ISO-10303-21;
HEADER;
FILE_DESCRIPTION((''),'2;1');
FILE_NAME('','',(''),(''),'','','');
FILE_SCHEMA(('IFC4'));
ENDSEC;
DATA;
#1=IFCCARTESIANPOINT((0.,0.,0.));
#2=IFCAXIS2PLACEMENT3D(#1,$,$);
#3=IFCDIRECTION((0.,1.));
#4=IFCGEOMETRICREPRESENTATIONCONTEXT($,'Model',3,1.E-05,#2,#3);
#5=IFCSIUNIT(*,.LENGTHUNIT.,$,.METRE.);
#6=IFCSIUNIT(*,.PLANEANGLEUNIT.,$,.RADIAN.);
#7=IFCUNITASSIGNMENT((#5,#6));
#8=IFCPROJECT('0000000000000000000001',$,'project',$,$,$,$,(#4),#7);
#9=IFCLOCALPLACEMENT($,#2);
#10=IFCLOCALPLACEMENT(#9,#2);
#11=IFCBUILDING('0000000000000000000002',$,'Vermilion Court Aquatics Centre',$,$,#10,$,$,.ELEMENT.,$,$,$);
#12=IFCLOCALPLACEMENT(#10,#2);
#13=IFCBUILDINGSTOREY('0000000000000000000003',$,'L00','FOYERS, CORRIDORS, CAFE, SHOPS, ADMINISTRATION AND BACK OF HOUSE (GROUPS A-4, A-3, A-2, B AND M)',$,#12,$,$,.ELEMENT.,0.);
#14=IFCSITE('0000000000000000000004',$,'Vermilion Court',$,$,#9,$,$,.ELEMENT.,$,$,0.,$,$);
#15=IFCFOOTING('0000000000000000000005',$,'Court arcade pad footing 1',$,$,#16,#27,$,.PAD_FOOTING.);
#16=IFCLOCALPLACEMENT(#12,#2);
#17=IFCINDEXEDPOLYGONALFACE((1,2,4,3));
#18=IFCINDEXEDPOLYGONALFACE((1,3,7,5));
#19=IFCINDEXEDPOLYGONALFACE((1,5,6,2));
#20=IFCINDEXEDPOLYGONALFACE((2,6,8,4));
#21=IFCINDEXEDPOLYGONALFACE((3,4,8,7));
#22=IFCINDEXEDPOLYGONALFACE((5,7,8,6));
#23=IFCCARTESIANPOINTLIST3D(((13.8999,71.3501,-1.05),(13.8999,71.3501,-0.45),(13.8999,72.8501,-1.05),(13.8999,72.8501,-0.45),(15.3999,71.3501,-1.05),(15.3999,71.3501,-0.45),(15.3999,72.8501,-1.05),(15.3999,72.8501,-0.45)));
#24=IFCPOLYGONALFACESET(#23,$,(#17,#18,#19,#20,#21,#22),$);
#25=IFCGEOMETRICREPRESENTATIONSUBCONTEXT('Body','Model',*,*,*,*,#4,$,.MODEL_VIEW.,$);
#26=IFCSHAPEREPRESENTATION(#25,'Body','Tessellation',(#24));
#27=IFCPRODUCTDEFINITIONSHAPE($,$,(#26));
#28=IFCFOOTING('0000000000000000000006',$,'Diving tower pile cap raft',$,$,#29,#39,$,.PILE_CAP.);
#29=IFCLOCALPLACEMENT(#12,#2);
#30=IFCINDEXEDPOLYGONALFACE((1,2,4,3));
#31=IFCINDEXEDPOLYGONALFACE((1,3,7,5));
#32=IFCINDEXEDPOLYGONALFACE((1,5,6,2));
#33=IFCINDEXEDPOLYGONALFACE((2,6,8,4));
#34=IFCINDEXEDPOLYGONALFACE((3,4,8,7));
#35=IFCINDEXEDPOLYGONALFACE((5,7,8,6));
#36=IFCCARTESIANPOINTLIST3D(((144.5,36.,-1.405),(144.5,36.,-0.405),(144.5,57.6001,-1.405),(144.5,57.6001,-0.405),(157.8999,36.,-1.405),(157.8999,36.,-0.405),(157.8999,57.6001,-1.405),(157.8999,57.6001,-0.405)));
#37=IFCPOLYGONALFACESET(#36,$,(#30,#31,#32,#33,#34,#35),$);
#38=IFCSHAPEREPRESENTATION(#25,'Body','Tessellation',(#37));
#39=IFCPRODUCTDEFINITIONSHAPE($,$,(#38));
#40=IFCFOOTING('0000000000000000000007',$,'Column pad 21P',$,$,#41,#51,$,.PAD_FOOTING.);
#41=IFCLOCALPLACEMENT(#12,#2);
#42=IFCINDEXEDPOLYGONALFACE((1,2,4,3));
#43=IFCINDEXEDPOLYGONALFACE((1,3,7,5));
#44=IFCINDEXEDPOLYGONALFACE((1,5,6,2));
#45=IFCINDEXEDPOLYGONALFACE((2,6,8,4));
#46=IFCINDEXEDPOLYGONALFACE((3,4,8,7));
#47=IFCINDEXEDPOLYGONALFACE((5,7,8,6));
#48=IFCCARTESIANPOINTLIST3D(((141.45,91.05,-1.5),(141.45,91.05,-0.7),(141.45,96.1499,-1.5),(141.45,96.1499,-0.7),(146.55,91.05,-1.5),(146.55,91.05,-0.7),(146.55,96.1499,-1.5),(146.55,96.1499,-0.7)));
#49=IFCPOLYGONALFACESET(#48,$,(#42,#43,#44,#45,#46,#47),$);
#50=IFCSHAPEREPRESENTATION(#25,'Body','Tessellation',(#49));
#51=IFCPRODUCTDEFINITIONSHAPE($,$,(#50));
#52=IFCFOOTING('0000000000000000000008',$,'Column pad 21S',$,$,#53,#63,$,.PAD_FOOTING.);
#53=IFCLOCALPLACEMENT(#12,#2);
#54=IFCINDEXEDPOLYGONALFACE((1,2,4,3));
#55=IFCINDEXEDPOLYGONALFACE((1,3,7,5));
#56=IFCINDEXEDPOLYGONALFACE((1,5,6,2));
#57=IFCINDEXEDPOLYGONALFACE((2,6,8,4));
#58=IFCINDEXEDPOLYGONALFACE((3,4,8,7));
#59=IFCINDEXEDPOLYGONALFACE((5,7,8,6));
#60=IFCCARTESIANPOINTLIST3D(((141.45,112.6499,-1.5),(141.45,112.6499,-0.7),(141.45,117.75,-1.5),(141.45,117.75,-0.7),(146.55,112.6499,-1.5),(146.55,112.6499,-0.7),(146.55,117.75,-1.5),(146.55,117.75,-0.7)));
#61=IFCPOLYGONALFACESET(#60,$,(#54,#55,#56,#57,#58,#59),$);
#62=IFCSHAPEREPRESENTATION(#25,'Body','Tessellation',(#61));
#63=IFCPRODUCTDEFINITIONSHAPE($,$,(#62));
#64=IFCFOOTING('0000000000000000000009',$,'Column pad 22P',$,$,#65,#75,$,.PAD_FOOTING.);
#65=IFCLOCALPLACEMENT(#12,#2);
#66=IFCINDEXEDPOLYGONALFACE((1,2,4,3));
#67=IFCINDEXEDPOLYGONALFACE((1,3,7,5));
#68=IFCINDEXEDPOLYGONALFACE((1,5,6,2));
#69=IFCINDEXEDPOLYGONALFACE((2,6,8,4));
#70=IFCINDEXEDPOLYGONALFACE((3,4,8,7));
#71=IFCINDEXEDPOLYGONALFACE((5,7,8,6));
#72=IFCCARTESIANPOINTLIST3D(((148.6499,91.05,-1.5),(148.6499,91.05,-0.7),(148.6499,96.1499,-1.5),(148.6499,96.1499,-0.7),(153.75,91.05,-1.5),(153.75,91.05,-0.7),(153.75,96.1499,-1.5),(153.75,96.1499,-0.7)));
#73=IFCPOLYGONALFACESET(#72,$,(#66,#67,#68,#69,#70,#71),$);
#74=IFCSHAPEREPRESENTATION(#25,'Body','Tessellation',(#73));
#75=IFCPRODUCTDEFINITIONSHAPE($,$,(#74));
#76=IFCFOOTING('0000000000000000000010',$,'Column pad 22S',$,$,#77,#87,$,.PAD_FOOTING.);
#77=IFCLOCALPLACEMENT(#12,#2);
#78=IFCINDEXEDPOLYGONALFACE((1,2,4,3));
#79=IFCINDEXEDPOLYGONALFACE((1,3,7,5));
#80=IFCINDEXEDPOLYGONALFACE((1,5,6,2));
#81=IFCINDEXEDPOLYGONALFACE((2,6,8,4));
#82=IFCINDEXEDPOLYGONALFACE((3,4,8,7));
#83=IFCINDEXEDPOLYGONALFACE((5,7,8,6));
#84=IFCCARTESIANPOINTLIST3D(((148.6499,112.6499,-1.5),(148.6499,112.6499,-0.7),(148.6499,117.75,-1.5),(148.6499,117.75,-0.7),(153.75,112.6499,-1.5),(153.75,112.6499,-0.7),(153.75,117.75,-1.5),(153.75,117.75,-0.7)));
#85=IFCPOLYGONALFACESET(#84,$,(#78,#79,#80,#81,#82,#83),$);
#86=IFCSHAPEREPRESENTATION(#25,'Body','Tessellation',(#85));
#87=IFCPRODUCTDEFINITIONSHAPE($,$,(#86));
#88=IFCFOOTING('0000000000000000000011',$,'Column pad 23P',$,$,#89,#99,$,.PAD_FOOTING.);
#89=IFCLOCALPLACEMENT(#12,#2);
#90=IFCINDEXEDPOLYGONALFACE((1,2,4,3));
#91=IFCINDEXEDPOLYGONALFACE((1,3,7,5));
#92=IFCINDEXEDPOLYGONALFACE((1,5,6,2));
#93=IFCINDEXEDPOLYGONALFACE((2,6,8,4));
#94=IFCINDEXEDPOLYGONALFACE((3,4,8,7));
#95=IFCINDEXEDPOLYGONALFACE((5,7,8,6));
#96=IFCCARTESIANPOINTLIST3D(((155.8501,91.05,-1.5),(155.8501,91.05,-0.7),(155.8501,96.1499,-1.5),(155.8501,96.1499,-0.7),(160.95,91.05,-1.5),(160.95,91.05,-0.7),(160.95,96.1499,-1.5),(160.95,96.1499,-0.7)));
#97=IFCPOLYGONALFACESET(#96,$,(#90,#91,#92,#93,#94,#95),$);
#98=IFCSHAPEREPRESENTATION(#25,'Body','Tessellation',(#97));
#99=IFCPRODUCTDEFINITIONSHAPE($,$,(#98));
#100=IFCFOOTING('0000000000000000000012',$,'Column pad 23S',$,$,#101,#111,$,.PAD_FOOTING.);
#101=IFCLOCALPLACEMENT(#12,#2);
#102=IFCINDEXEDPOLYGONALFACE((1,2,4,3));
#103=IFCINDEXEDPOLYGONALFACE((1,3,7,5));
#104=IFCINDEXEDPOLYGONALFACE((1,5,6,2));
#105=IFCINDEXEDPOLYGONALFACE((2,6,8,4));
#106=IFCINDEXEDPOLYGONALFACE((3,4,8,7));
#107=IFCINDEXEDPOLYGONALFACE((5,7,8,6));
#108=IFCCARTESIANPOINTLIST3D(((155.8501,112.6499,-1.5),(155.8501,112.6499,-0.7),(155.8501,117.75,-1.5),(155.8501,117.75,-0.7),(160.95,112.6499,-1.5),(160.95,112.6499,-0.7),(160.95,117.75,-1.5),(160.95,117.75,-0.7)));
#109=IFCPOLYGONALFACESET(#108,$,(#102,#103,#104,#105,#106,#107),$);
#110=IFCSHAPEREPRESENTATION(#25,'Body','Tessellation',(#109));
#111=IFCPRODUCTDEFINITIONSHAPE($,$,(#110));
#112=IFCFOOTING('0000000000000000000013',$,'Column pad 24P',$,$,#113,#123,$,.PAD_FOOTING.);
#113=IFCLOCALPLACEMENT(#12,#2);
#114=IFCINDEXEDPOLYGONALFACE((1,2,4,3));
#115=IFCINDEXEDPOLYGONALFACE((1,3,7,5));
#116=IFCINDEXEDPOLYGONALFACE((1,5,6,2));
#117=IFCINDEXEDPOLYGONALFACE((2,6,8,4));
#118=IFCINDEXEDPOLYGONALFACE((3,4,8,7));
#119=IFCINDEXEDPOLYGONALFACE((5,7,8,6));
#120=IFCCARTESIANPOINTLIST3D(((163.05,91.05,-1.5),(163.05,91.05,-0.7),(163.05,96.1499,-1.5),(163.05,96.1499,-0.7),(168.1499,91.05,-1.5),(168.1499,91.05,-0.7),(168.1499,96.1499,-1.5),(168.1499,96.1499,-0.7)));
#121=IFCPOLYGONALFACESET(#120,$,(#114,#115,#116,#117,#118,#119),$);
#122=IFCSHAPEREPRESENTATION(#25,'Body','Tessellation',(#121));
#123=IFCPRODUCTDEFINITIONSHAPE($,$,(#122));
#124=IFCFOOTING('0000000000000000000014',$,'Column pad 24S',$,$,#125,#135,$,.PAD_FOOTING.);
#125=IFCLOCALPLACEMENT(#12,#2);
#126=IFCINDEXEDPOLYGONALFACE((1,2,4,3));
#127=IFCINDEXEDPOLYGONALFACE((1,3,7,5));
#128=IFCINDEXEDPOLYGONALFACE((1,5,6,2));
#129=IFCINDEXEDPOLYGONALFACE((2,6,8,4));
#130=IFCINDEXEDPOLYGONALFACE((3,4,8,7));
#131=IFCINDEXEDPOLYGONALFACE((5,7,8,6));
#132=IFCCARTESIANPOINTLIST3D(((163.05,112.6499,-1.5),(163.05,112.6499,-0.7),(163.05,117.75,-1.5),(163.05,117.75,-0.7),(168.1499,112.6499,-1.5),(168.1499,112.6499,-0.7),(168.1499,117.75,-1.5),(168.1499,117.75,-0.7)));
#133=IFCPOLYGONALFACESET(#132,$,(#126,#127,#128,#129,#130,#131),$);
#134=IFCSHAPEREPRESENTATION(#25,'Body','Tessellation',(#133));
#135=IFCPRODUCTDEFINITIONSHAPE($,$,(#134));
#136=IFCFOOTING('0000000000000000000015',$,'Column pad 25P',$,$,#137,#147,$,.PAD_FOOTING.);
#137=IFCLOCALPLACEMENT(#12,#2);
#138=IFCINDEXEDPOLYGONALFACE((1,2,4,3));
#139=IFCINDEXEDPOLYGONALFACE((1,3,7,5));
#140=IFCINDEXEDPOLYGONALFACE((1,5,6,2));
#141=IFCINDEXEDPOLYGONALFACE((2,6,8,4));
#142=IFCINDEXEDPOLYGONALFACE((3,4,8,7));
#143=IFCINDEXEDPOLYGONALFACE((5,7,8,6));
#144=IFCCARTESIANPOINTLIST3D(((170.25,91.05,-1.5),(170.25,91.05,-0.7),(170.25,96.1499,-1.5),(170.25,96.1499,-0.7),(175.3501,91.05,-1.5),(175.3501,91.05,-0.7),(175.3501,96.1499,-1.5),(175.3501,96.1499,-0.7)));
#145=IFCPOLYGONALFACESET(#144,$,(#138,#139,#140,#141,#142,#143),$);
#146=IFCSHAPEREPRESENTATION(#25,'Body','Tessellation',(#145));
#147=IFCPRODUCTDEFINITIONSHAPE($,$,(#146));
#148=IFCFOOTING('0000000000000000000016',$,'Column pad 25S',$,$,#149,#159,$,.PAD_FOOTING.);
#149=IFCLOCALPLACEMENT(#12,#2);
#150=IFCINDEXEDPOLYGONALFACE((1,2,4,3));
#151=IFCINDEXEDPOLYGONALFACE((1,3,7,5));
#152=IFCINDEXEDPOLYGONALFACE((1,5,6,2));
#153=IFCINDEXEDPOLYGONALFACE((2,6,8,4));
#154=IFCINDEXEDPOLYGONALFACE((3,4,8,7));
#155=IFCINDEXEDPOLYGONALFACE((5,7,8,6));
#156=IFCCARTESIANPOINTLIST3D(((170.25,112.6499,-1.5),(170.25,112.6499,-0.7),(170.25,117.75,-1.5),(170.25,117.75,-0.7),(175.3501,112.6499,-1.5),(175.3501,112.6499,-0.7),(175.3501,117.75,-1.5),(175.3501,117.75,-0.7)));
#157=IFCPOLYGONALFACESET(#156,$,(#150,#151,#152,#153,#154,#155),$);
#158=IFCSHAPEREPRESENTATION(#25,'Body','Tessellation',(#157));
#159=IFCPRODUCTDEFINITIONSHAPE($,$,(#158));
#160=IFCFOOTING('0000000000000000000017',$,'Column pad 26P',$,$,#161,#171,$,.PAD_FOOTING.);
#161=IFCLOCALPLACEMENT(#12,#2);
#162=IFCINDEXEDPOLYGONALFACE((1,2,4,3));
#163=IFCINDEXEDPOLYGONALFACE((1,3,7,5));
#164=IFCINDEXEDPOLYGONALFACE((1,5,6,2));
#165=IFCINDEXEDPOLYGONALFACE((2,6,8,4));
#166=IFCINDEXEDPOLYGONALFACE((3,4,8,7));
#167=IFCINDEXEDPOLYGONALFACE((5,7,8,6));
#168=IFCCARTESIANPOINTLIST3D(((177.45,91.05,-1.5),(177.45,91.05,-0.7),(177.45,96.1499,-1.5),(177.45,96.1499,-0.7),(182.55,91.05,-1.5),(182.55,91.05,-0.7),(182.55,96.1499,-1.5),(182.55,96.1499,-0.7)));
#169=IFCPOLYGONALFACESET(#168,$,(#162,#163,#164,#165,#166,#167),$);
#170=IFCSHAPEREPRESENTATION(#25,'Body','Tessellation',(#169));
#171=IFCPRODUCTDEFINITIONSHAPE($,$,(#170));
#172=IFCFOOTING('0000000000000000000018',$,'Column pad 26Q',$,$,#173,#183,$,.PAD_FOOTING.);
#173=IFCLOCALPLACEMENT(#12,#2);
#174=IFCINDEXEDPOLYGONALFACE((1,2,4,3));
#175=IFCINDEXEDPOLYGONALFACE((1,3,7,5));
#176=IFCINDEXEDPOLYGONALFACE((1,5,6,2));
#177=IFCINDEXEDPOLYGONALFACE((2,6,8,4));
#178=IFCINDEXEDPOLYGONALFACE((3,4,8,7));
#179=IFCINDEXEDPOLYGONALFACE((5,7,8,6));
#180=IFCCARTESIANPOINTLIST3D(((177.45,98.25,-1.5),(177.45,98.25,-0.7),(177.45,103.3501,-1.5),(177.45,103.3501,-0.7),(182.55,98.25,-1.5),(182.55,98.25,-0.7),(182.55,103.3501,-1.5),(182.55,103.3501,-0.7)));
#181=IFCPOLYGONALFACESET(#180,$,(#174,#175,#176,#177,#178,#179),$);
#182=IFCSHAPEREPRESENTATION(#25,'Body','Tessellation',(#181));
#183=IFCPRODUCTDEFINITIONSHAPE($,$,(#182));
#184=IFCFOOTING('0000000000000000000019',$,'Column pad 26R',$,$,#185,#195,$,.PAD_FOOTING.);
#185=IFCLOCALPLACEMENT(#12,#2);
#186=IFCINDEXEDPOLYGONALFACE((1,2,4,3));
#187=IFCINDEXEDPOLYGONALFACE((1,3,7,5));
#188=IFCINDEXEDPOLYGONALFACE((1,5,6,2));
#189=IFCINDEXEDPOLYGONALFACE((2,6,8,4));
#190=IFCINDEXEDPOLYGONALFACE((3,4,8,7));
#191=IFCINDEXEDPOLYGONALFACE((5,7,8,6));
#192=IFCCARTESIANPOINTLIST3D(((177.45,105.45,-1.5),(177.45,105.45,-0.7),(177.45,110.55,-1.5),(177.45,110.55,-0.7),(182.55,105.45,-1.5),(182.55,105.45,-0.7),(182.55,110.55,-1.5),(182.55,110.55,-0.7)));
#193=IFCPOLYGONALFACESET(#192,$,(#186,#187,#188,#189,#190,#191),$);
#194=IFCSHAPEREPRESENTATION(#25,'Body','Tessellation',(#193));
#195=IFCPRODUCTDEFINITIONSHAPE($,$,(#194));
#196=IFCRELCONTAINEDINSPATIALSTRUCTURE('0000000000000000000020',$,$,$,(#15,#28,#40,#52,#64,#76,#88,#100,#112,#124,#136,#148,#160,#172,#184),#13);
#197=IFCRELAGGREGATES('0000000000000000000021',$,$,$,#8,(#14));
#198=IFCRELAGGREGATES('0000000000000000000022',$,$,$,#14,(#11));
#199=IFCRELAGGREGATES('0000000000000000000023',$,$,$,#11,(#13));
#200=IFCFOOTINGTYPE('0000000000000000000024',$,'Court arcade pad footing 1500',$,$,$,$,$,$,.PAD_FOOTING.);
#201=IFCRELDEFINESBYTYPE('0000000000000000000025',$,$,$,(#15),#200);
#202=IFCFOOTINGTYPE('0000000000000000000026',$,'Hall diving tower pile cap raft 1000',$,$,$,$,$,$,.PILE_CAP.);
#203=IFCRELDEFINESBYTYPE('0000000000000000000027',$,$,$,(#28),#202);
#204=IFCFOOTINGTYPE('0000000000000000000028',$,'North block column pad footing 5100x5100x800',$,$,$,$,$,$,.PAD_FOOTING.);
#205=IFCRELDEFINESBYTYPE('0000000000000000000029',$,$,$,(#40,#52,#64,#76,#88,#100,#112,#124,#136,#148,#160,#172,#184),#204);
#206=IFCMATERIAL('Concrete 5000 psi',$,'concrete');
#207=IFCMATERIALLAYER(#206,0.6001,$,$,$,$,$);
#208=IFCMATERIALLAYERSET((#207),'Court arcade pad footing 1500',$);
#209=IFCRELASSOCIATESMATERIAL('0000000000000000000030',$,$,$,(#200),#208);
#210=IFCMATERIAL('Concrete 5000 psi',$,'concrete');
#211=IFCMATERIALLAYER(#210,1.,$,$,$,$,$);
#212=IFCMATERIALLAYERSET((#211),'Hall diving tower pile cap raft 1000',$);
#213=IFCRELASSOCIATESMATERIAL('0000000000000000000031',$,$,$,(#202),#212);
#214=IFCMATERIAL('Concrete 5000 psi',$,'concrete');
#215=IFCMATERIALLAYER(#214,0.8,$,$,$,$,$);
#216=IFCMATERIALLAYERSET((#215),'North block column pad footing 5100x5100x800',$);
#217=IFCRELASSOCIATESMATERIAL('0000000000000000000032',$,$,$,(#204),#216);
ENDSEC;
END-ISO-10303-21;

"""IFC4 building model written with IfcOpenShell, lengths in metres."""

from ifc_helpers import new_model, si_unit, direction, frame, origin, place, context, subcontext, project, spatial, polyline, outline, extrude, material, layer, layer_set, type_object, element, save


model = new_model("IFC4")

# Units and contexts
model_context = context("Model", 3, precision=1e-05, world=origin(), true_north=direction((0.0, 1.0)))
body_context = subcontext(model_context, "Body", "Model", "MODEL_VIEW")
ifc_project = project(units=[si_unit("LENGTHUNIT", "METRE"), si_unit("PLANEANGLEUNIT", "RADIAN")], contexts=[model_context])

# Site, building, storey
site_placement = place(None, origin())
site = spatial("IfcSite", under=ifc_project, at=site_placement, Name="Vermilion Court", CompositionType="ELEMENT", RefElevation=0.0)
building_placement = place(site_placement, origin())
building = spatial("IfcBuilding", under=site, at=building_placement, Name="Vermilion Court Aquatics Centre", CompositionType="ELEMENT")
storey_placement = place(building_placement, origin())
storey = spatial("IfcBuildingStorey", under=building, at=storey_placement, Name="L00", Description="FOYERS, CORRIDORS, CAFE, SHOPS, ADMINISTRATION AND BACK OF HOUSE (GROUPS A-4, A-3, A-2, B AND M)", CompositionType="ELEMENT", Elevation=0.0)

# Footings
ifc_material_1 = material(Name="Concrete 5000 psi", Category="concrete")
ifc_layer_1 = layer(ifc_material_1, 0.6001)
ifc_layer_set_1 = layer_set([ifc_layer_1], Name="Court arcade pad footing 1500")
footing_type_1 = type_object("IfcFootingType", Name="Court arcade pad footing 1500", PredefinedType="PAD_FOOTING", material=ifc_layer_set_1)
footing_1_placement = place(storey_placement, frame((0.0, 0.0, -1.05)))
element("IfcFooting", 1, at=footing_1_placement, inside=storey, type_object=footing_type_1, Name="Court arcade pad footing 1", PredefinedType="PAD_FOOTING", context=body_context, shape_type="SweptSolid", body=[
    extrude(outline(polyline([(13.8999, 71.3501), (15.3999, 71.3501), (15.3999, 72.8501), (13.8999, 72.8501), (13.8999, 71.3501)])), origin(), (0.0, 0.0, 1.0), 0.6001),
])
ifc_material_2 = material(Name="Concrete 5000 psi", Category="concrete")
ifc_layer_2 = layer(ifc_material_2, 1.0)
ifc_layer_set_2 = layer_set([ifc_layer_2], Name="Hall diving tower pile cap raft 1000")
footing_type_2 = type_object("IfcFootingType", Name="Hall diving tower pile cap raft 1000", PredefinedType="PILE_CAP", material=ifc_layer_set_2)
footing_2_placement = place(storey_placement, frame((0.0, 0.0, -1.405)))
element("IfcFooting", 2, at=footing_2_placement, inside=storey, type_object=footing_type_2, Name="Diving tower pile cap raft", PredefinedType="PILE_CAP", context=body_context, shape_type="SweptSolid", body=[
    extrude(outline(polyline([(144.5, 36.0), (157.8999, 36.0), (157.8999, 57.6001), (144.5, 57.6001), (144.5, 36.0)])), origin(), (0.0, 0.0, 1.0), 1.0),
])
ifc_material_3 = material(Name="Concrete 5000 psi", Category="concrete")
ifc_layer_3 = layer(ifc_material_3, 0.8)
ifc_layer_set_3 = layer_set([ifc_layer_3], Name="North block column pad footing 5100x5100x800")
footing_type_3 = type_object("IfcFootingType", Name="North block column pad footing 5100x5100x800", PredefinedType="PAD_FOOTING", material=ifc_layer_set_3)
footing_3_placement = place(storey_placement, frame((0.0, 0.0, -1.5)))
element("IfcFooting", 3, at=footing_3_placement, inside=storey, type_object=footing_type_3, Name="Column pad 21P", PredefinedType="PAD_FOOTING", context=body_context, shape_type="SweptSolid", body=[
    extrude(outline(polyline([(141.45, 91.05), (146.55, 91.05), (146.55, 96.1499), (141.45, 96.1499), (141.45, 91.05)])), origin(), (0.0, 0.0, 1.0), 0.8),
])
footing_4_placement = place(storey_placement, frame((0.0, 0.0, -1.5)))
element("IfcFooting", 4, at=footing_4_placement, inside=storey, type_object=footing_type_3, Name="Column pad 21S", PredefinedType="PAD_FOOTING", context=body_context, shape_type="SweptSolid", body=[
    extrude(outline(polyline([(141.45, 112.6499), (146.55, 112.6499), (146.55, 117.75), (141.45, 117.75), (141.45, 112.6499)])), origin(), (0.0, 0.0, 1.0), 0.8),
])
footing_5_placement = place(storey_placement, frame((0.0, 0.0, -1.5)))
element("IfcFooting", 5, at=footing_5_placement, inside=storey, type_object=footing_type_3, Name="Column pad 22P", PredefinedType="PAD_FOOTING", context=body_context, shape_type="SweptSolid", body=[
    extrude(outline(polyline([(148.6499, 91.05), (153.75, 91.05), (153.75, 96.1499), (148.6499, 96.1499), (148.6499, 91.05)])), origin(), (0.0, 0.0, 1.0), 0.8),
])
footing_6_placement = place(storey_placement, frame((0.0, 0.0, -1.5)))
element("IfcFooting", 6, at=footing_6_placement, inside=storey, type_object=footing_type_3, Name="Column pad 22S", PredefinedType="PAD_FOOTING", context=body_context, shape_type="SweptSolid", body=[
    extrude(outline(polyline([(148.6499, 112.6499), (153.75, 112.6499), (153.75, 117.75), (148.6499, 117.75), (148.6499, 112.6499)])), origin(), (0.0, 0.0, 1.0), 0.8),
])
footing_7_placement = place(storey_placement, frame((0.0, 0.0, -1.5)))
element("IfcFooting", 7, at=footing_7_placement, inside=storey, type_object=footing_type_3, Name="Column pad 23P", PredefinedType="PAD_FOOTING", context=body_context, shape_type="SweptSolid", body=[
    extrude(outline(polyline([(155.8501, 91.05), (160.95, 91.05), (160.95, 96.1499), (155.8501, 96.1499), (155.8501, 91.05)])), origin(), (0.0, 0.0, 1.0), 0.8),
])
footing_8_placement = place(storey_placement, frame((0.0, 0.0, -1.5)))
element("IfcFooting", 8, at=footing_8_placement, inside=storey, type_object=footing_type_3, Name="Column pad 23S", PredefinedType="PAD_FOOTING", context=body_context, shape_type="SweptSolid", body=[
    extrude(outline(polyline([(155.8501, 112.6499), (160.95, 112.6499), (160.95, 117.75), (155.8501, 117.75), (155.8501, 112.6499)])), origin(), (0.0, 0.0, 1.0), 0.8),
])
footing_9_placement = place(storey_placement, frame((0.0, 0.0, -1.5)))
element("IfcFooting", 9, at=footing_9_placement, inside=storey, type_object=footing_type_3, Name="Column pad 24P", PredefinedType="PAD_FOOTING", context=body_context, shape_type="SweptSolid", body=[
    extrude(outline(polyline([(163.05, 91.05), (168.1499, 91.05), (168.1499, 96.1499), (163.05, 96.1499), (163.05, 91.05)])), origin(), (0.0, 0.0, 1.0), 0.8),
])
footing_10_placement = place(storey_placement, frame((0.0, 0.0, -1.5)))
element("IfcFooting", 10, at=footing_10_placement, inside=storey, type_object=footing_type_3, Name="Column pad 24S", PredefinedType="PAD_FOOTING", context=body_context, shape_type="SweptSolid", body=[
    extrude(outline(polyline([(163.05, 112.6499), (168.1499, 112.6499), (168.1499, 117.75), (163.05, 117.75), (163.05, 112.6499)])), origin(), (0.0, 0.0, 1.0), 0.8),
])
footing_11_placement = place(storey_placement, frame((0.0, 0.0, -1.5)))
element("IfcFooting", 11, at=footing_11_placement, inside=storey, type_object=footing_type_3, Name="Column pad 25P", PredefinedType="PAD_FOOTING", context=body_context, shape_type="SweptSolid", body=[
    extrude(outline(polyline([(170.25, 91.05), (175.3501, 91.05), (175.3501, 96.1499), (170.25, 96.1499), (170.25, 91.05)])), origin(), (0.0, 0.0, 1.0), 0.8),
])
footing_12_placement = place(storey_placement, frame((0.0, 0.0, -1.5)))
element("IfcFooting", 12, at=footing_12_placement, inside=storey, type_object=footing_type_3, Name="Column pad 25S", PredefinedType="PAD_FOOTING", context=body_context, shape_type="SweptSolid", body=[
    extrude(outline(polyline([(170.25, 112.6499), (175.3501, 112.6499), (175.3501, 117.75), (170.25, 117.75), (170.25, 112.6499)])), origin(), (0.0, 0.0, 1.0), 0.8),
])
footing_13_placement = place(storey_placement, frame((0.0, 0.0, -1.5)))
element("IfcFooting", 13, at=footing_13_placement, inside=storey, type_object=footing_type_3, Name="Column pad 26P", PredefinedType="PAD_FOOTING", context=body_context, shape_type="SweptSolid", body=[
    extrude(outline(polyline([(177.45, 91.05), (182.55, 91.05), (182.55, 96.1499), (177.45, 96.1499), (177.45, 91.05)])), origin(), (0.0, 0.0, 1.0), 0.8),
])
footing_14_placement = place(storey_placement, frame((0.0, 0.0, -1.5)))
element("IfcFooting", 14, at=footing_14_placement, inside=storey, type_object=footing_type_3, Name="Column pad 26Q", PredefinedType="PAD_FOOTING", context=body_context, shape_type="SweptSolid", body=[
    extrude(outline(polyline([(177.45, 98.25), (182.55, 98.25), (182.55, 103.3501), (177.45, 103.3501), (177.45, 98.25)])), origin(), (0.0, 0.0, 1.0), 0.8),
])
footing_15_placement = place(storey_placement, frame((0.0, 0.0, -1.5)))
element("IfcFooting", 15, at=footing_15_placement, inside=storey, type_object=footing_type_3, Name="Column pad 26R", PredefinedType="PAD_FOOTING", context=body_context, shape_type="SweptSolid", body=[
    extrude(outline(polyline([(177.45, 105.45), (182.55, 105.45), (182.55, 110.55), (177.45, 110.55), (177.45, 105.45)])), origin(), (0.0, 0.0, 1.0), 0.8),
])

save(model, "model.ifc")
